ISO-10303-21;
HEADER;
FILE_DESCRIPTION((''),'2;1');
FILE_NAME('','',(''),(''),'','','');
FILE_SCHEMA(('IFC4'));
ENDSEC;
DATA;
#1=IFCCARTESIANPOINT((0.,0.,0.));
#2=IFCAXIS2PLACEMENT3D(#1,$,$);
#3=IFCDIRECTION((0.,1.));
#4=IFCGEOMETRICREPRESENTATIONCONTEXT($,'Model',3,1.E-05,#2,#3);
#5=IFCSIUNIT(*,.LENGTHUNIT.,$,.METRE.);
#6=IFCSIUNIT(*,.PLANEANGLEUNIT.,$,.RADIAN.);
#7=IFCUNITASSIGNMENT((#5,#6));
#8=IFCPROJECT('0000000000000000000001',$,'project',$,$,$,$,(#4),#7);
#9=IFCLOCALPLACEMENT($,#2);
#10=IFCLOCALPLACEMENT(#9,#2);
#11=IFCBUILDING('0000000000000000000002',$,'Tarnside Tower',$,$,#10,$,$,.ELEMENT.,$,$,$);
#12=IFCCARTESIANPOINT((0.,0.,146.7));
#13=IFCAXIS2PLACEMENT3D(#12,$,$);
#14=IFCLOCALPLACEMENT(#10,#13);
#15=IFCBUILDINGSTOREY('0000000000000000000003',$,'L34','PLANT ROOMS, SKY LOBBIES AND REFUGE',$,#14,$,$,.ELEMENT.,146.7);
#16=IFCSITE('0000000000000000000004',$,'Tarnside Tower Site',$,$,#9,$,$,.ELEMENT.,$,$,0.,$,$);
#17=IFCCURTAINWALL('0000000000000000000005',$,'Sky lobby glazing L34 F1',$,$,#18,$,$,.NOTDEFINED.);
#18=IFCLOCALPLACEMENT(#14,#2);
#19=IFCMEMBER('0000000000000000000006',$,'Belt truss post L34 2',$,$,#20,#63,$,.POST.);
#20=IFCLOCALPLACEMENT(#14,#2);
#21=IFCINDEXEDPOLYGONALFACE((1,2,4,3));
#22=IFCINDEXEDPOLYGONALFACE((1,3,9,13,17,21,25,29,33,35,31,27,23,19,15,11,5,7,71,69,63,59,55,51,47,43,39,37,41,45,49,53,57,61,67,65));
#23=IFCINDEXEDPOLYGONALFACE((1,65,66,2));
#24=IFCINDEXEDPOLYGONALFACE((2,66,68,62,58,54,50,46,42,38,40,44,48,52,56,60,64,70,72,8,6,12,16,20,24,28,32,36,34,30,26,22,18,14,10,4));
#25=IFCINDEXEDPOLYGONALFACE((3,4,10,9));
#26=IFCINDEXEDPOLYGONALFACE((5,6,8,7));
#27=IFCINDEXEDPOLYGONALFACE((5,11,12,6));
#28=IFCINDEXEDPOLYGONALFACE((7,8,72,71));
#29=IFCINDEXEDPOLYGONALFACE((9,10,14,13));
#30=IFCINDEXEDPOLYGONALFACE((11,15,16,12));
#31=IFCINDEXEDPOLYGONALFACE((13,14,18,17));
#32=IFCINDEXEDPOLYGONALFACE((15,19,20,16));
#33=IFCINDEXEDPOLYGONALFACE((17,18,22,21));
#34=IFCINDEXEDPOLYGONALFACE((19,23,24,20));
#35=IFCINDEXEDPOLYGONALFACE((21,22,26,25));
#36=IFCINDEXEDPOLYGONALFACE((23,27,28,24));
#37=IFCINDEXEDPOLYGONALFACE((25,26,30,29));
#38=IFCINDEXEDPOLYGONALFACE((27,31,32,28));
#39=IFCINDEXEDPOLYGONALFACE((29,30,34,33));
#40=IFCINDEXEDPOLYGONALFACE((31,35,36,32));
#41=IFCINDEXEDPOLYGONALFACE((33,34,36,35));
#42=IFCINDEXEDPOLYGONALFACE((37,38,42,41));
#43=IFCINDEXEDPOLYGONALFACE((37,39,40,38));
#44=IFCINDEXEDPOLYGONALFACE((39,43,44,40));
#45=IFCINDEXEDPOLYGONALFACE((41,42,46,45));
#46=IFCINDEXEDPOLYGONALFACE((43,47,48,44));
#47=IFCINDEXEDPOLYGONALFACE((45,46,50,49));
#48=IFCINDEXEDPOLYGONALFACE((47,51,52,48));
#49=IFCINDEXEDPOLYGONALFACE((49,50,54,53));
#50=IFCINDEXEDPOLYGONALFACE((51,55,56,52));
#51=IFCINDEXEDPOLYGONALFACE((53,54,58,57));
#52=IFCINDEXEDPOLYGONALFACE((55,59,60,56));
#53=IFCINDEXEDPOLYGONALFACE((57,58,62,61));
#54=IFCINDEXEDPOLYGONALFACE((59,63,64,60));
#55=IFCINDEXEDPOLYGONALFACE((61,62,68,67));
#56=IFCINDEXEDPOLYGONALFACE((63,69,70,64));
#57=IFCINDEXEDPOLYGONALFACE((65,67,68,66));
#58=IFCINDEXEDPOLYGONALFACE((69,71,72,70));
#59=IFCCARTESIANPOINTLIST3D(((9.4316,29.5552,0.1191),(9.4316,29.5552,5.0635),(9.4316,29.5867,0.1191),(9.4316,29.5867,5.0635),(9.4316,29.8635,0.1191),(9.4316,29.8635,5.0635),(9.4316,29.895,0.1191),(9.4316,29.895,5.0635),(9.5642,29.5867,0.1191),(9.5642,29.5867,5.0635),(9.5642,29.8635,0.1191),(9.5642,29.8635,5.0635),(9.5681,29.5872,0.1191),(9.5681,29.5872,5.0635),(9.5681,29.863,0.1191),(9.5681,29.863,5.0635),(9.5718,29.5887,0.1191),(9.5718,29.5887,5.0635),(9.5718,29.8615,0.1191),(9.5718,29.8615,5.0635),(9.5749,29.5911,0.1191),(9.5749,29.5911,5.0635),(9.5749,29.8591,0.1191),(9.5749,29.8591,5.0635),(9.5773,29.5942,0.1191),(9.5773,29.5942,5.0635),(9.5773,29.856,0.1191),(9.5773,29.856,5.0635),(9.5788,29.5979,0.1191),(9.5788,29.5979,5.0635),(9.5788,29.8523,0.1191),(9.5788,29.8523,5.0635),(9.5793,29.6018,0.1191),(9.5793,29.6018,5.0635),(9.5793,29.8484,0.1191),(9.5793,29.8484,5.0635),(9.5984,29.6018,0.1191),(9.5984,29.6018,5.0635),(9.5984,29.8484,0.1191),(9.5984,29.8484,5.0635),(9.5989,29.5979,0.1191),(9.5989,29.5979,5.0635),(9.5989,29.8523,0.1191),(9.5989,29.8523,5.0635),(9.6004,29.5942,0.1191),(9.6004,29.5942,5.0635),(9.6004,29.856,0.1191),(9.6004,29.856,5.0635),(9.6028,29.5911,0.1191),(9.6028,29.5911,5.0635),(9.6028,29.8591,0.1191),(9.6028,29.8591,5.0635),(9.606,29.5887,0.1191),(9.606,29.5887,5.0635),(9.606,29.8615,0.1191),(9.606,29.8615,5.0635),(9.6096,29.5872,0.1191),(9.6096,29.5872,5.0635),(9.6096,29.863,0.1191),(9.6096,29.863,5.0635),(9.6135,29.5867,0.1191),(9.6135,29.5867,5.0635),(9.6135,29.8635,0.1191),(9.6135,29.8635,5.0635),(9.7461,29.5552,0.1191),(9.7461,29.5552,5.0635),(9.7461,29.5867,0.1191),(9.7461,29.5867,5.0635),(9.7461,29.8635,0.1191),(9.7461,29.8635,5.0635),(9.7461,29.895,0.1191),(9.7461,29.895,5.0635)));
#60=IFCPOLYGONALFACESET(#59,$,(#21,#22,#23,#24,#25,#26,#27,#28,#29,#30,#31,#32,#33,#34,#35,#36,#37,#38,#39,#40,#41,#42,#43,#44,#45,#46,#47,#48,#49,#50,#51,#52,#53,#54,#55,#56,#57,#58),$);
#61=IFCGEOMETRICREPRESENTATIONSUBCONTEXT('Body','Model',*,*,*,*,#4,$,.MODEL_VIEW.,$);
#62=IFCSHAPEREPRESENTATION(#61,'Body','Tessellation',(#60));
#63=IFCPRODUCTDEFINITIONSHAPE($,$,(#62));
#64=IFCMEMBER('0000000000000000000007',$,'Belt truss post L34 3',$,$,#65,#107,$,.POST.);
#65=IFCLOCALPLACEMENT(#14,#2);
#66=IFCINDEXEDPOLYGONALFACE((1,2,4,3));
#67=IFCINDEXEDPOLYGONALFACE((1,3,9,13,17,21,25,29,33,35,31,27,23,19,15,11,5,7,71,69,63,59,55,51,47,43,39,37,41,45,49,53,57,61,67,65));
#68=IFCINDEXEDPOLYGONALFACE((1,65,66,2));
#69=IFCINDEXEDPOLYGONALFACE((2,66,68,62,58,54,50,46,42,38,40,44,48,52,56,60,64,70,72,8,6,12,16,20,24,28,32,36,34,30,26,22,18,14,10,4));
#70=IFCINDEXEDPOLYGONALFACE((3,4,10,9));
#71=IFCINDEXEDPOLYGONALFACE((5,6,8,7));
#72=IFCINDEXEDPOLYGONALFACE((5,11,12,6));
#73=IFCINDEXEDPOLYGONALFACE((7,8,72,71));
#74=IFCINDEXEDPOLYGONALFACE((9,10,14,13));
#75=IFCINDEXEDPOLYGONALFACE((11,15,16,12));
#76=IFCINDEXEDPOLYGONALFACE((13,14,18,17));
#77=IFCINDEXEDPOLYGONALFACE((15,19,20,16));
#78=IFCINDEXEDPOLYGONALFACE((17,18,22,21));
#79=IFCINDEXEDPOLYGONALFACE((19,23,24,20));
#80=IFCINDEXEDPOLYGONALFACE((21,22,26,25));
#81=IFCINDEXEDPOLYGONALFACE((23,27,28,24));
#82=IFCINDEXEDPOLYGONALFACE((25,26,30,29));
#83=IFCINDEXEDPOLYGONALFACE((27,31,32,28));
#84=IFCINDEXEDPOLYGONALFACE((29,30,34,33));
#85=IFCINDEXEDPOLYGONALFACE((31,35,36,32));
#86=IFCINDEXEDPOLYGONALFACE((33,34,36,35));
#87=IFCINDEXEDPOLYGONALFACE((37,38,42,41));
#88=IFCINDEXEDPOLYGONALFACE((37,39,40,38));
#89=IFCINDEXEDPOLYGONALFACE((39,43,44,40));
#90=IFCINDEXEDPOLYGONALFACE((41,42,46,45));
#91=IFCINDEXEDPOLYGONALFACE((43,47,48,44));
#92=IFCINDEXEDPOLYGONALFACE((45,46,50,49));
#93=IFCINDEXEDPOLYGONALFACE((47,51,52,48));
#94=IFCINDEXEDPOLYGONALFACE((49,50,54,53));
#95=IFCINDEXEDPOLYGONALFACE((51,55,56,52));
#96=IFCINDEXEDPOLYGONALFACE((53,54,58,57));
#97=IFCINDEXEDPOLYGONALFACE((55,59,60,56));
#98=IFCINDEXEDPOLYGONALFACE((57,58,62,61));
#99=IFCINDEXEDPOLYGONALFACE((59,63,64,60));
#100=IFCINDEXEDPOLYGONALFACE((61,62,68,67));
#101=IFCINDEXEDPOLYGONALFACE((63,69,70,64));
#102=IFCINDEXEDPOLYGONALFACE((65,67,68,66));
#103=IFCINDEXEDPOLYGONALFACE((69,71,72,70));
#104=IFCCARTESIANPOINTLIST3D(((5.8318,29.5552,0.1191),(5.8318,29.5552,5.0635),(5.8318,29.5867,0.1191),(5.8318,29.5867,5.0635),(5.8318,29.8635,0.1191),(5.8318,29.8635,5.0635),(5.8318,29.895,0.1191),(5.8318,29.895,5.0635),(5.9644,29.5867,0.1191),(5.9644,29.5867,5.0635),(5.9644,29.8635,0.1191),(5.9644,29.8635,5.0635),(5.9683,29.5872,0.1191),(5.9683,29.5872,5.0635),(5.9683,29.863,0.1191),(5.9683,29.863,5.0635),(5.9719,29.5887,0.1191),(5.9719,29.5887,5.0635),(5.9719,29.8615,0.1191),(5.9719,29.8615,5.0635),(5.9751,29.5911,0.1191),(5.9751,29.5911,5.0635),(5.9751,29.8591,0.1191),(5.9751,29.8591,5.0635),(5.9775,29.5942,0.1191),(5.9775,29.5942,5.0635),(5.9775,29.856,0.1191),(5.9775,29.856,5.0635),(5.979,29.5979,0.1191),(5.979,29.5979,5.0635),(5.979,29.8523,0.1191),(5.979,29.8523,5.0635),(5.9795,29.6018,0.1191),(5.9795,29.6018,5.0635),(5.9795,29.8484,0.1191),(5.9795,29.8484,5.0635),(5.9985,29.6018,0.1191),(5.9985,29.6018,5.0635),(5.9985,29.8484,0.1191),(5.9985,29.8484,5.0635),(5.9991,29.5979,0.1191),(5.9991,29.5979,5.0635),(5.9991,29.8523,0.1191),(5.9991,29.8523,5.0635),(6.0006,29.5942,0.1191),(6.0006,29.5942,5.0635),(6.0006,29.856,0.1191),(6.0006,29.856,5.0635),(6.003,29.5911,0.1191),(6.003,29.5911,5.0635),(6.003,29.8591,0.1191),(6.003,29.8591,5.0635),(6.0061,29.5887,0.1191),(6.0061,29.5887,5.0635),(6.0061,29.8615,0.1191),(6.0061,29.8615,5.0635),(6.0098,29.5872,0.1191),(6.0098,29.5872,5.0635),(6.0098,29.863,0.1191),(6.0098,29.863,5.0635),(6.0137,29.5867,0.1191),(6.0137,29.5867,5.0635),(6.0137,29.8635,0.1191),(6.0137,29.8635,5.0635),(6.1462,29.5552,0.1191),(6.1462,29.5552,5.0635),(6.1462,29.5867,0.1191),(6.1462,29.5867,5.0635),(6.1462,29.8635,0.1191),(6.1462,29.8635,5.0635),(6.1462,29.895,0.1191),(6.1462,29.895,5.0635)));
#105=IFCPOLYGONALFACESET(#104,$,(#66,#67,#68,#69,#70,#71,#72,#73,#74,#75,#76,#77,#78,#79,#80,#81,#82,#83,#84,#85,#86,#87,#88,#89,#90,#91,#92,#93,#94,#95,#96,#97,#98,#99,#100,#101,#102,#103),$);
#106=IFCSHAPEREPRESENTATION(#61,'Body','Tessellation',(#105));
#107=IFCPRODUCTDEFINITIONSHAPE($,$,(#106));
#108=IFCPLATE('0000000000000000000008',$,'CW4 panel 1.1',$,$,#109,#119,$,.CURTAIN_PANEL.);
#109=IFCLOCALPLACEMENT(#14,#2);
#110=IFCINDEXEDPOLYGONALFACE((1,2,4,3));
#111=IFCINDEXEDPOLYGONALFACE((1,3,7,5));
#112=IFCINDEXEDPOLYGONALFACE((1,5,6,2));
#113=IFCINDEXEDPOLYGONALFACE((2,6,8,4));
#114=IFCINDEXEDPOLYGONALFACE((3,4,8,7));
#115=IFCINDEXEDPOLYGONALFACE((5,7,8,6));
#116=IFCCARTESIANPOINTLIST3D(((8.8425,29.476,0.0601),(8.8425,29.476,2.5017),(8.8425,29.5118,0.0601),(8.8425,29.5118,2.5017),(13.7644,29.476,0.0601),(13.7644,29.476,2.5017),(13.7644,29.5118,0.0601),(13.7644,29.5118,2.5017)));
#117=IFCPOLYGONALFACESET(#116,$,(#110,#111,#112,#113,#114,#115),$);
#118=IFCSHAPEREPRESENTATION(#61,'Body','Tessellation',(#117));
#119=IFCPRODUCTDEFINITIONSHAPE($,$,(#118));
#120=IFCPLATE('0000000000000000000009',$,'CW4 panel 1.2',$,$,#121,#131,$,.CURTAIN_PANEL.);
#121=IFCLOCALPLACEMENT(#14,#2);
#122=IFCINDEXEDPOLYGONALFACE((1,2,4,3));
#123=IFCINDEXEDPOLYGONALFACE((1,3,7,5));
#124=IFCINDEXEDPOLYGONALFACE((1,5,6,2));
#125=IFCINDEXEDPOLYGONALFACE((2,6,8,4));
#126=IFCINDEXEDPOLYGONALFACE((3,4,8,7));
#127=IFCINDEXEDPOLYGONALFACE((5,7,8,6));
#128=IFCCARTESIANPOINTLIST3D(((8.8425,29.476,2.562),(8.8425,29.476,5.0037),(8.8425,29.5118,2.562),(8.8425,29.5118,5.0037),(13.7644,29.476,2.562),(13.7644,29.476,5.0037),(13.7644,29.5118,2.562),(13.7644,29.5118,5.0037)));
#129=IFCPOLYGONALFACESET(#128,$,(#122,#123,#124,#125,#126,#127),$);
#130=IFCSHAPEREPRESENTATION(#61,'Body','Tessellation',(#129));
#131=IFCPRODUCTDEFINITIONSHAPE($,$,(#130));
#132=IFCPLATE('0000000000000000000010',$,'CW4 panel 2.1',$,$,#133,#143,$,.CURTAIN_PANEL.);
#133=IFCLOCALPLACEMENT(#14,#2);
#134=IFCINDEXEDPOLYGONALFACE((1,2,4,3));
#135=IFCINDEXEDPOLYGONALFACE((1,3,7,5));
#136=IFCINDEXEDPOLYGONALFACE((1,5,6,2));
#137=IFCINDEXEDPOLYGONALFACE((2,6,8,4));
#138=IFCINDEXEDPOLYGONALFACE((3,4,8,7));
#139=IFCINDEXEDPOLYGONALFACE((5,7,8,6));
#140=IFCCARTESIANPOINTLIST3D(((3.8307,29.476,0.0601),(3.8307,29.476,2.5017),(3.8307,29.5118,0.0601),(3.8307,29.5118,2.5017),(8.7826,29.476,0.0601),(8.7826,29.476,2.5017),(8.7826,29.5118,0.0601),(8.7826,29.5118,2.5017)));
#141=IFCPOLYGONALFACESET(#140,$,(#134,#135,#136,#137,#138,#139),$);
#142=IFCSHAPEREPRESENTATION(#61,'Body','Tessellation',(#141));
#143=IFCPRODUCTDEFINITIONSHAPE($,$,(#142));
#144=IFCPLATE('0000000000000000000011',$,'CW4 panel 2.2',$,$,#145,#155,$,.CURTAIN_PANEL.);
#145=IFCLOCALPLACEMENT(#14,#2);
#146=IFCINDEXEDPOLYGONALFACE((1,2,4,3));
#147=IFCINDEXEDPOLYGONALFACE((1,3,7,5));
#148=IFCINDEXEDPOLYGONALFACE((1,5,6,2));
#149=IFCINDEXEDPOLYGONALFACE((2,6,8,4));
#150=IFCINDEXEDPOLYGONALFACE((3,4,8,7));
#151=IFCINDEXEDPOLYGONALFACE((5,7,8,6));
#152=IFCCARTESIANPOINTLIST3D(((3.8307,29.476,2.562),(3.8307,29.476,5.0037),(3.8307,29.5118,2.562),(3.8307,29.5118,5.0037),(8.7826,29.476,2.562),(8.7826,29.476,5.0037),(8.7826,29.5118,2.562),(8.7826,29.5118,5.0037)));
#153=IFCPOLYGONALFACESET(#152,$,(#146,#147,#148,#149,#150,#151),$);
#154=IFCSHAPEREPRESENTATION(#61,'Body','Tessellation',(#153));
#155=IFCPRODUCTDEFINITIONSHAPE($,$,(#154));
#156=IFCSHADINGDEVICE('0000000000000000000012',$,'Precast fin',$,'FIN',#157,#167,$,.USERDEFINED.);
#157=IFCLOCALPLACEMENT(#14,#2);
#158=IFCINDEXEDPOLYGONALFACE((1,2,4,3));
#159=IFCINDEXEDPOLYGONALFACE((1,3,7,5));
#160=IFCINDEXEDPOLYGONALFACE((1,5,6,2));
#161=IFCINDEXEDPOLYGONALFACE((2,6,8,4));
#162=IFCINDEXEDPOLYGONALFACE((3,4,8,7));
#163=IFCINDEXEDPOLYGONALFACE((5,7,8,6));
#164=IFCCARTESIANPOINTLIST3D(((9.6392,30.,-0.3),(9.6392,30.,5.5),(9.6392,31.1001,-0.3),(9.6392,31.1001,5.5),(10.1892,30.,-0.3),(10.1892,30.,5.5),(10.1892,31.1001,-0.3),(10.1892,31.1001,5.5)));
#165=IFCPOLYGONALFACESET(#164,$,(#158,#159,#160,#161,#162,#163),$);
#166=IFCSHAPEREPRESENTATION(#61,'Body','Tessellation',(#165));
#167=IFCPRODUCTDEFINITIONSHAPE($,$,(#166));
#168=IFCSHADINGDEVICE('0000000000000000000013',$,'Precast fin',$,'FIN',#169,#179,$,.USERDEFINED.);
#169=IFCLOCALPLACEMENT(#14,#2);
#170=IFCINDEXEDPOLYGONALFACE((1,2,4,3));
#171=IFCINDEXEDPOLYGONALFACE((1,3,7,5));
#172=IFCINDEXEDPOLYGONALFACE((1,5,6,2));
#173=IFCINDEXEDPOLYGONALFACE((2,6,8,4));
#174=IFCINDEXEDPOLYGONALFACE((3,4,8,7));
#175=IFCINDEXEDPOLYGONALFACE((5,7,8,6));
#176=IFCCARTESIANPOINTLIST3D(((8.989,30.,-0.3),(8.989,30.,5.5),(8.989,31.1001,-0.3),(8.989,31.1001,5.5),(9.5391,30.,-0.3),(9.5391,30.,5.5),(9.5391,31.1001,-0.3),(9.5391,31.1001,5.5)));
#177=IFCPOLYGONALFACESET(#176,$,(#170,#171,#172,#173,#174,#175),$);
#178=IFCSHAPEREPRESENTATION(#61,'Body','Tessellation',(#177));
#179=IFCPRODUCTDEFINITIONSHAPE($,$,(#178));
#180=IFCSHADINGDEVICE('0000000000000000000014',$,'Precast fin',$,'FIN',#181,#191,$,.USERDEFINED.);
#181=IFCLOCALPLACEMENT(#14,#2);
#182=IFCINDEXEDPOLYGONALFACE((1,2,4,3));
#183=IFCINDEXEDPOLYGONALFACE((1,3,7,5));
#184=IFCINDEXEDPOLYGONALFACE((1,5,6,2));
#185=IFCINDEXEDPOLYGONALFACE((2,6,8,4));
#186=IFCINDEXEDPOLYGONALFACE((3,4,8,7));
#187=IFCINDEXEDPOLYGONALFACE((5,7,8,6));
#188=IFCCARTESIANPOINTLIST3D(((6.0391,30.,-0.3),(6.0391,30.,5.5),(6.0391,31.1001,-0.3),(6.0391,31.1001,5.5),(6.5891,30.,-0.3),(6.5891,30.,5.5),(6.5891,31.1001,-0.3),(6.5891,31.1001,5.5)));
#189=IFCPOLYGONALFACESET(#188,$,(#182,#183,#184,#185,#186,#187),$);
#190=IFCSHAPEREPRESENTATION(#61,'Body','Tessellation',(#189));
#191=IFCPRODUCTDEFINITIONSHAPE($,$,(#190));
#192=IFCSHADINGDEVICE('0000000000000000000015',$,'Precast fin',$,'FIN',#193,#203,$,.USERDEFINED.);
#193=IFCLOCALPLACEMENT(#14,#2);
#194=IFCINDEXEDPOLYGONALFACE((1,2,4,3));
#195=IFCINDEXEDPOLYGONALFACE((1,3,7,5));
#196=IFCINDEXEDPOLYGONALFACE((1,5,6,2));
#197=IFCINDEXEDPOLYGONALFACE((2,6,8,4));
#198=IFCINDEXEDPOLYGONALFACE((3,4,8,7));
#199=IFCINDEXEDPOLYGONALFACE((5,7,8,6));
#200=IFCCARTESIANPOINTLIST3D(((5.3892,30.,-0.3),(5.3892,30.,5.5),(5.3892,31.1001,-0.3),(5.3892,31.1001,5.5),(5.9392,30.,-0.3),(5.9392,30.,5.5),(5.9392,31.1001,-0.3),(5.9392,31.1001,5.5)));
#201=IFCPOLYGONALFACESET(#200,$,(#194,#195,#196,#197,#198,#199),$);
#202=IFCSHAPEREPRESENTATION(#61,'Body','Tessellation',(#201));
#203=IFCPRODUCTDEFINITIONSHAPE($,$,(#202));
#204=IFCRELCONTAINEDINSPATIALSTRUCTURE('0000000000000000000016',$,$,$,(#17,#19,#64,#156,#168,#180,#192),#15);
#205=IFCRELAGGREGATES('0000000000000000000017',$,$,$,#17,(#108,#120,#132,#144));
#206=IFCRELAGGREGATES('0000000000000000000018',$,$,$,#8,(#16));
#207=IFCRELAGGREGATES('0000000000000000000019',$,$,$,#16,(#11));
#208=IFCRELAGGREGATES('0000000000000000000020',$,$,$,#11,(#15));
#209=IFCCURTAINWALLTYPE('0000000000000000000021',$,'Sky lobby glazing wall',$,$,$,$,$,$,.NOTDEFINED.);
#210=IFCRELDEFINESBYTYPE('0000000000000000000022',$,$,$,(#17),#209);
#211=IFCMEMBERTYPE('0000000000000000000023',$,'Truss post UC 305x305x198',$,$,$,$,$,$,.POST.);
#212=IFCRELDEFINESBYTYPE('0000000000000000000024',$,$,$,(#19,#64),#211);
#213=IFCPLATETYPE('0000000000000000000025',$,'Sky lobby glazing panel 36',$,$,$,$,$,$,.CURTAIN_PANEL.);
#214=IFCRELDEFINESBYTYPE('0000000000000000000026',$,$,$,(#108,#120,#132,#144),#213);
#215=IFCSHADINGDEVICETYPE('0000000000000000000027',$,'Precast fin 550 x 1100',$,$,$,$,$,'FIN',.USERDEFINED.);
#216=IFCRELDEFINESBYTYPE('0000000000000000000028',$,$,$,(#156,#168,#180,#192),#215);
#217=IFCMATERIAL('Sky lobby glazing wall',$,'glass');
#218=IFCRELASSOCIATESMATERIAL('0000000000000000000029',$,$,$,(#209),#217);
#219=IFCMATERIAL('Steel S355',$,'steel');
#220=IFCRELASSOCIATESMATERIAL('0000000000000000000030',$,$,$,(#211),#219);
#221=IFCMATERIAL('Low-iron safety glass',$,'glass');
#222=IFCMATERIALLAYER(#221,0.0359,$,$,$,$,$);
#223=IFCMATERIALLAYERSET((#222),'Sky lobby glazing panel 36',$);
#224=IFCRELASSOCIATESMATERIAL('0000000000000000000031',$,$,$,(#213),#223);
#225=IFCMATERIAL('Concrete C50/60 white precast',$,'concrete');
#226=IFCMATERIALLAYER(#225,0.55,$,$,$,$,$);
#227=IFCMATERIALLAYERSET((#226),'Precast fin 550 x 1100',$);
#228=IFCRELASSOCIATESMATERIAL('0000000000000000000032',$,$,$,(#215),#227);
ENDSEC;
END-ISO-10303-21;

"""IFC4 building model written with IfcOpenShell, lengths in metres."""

from ifc_helpers import new_model, si_unit, direction, frame, origin, origin_2d, place, context, subcontext, project, spatial, polyline, rectangle, i_section, outline, extrude, material, layer, layer_set, material_profile, profile_set, type_object, element, aggregate, save


model = new_model("IFC4")

# Units and contexts
model_context = context("Model", 3, precision=1e-05, world=origin(), true_north=direction((0.0, 1.0)))
body_context = subcontext(model_context, "Body", "Model", "MODEL_VIEW")
ifc_project = project(units=[si_unit("LENGTHUNIT", "METRE"), si_unit("PLANEANGLEUNIT", "RADIAN")], contexts=[model_context])

# Site, building, storey
site_placement = place(None, origin())
site = spatial("IfcSite", under=ifc_project, at=site_placement, Name="Tarnside Tower Site", CompositionType="ELEMENT", RefElevation=0.0)
building_placement = place(site_placement, origin())
building = spatial("IfcBuilding", under=site, at=building_placement, Name="Tarnside Tower", CompositionType="ELEMENT")
storey_placement = place(building_placement, frame((0.0, 0.0, 146.7)))
storey = spatial("IfcBuildingStorey", under=building, at=storey_placement, Name="L34", Description="PLANT ROOMS, SKY LOBBIES AND REFUGE", CompositionType="ELEMENT", Elevation=146.7)

# Shared definitions
ifc_material_1 = material(Name="Steel S355", Category="steel")

# Curtain wall
ifc_material_2 = material(Name="Sky lobby glazing wall", Category="glass")
curtain_wall_type = type_object("IfcCurtainWallType", Name="Sky lobby glazing wall", PredefinedType="NOTDEFINED", material=ifc_material_2)
curtain_wall_placement = place(storey_placement, origin())
curtain_wall = element("IfcCurtainWall", 1, at=curtain_wall_placement, inside=storey, type_object=curtain_wall_type, Name="Sky lobby glazing L34 F1", PredefinedType="NOTDEFINED")

# Members
ifc_material_profile_1 = material_profile(ifc_material_1, i_section(OverallWidth=0.3145, OverallDepth=0.3398, WebThickness=0.019, FlangeThickness=0.0315, FilletRadius=0.0151, at=origin_2d()), Name="UC 305x305x198")
ifc_profile_set_1 = profile_set([ifc_material_profile_1], Name="Steel S355")
member_type_1 = type_object("IfcMemberType", Name="Truss post UC 305x305x198", PredefinedType="POST", material=ifc_profile_set_1)
for number, where, z_axis, x_axis, name in (
    (2, (9.5889, 29.7251, 0.1191), (0.0, 0.0, 1.0), (-1.0, 0.0, 0.0), "Belt truss post L34 2"),
    (3, (5.989, 29.7251, 0.1191), (0.0, 0.0, 1.0), (-1.0, 0.0, 0.0), "Belt truss post L34 3"),
):
    element("IfcMember", number, at=place(storey_placement, frame(where, z_axis=z_axis, x_axis=x_axis)), inside=storey, type_object=member_type_1, Name=name, PredefinedType="POST", context=body_context, shape_type="SweptSolid", body=[
        extrude(i_section(OverallWidth=0.3145, OverallDepth=0.3398, WebThickness=0.019, FlangeThickness=0.0315, FilletRadius=0.0151, at=origin_2d()), origin(), (0.0, 0.0, 1.0), 4.9443),
    ])

# Plates
ifc_material_3 = material(Name="Low-iron safety glass", Category="glass")
ifc_layer_1 = layer(ifc_material_3, 0.0359)
ifc_layer_set_1 = layer_set([ifc_layer_1], Name="Sky lobby glazing panel 36")
plate_type = type_object("IfcPlateType", Name="Sky lobby glazing panel 36", PredefinedType="CURTAIN_PANEL", material=ifc_layer_set_1)
plate_1_placement = place(storey_placement, frame((11.3035, 29.4939, 0.0601), z_axis=(0.0, 0.0, 1.0), x_axis=(-1.0, 0.0, 0.0)))
plate_1 = element("IfcPlate", 4, at=plate_1_placement, type_object=plate_type, Name="CW4 panel 1.1", PredefinedType="CURTAIN_PANEL", context=body_context, shape_type="SweptSolid", body=[
    extrude(rectangle(XDim=4.9219, YDim=0.0359, at=origin_2d()), origin(), (0.0, 0.0, 1.0), 2.4417),
])
plate_2_placement = place(storey_placement, frame((11.3035, 29.4939, 2.562), z_axis=(0.0, 0.0, 1.0), x_axis=(-1.0, 0.0, 0.0)))
plate_2 = element("IfcPlate", 5, at=plate_2_placement, type_object=plate_type, Name="CW4 panel 1.2", PredefinedType="CURTAIN_PANEL", context=body_context, shape_type="SweptSolid", body=[
    extrude(rectangle(XDim=4.9219, YDim=0.0359, at=origin_2d()), origin(), (0.0, 0.0, 1.0), 2.4417),
])
plate_3_placement = place(storey_placement, frame((6.3066, 29.4939, 0.0601), z_axis=(0.0, 0.0, 1.0), x_axis=(-1.0, 0.0, 0.0)))
plate_3 = element("IfcPlate", 6, at=plate_3_placement, type_object=plate_type, Name="CW4 panel 2.1", PredefinedType="CURTAIN_PANEL", context=body_context, shape_type="SweptSolid", body=[
    extrude(rectangle(XDim=4.9519, YDim=0.0359, at=origin_2d()), origin(), (0.0, 0.0, 1.0), 2.4417),
])
plate_4_placement = place(storey_placement, frame((6.3066, 29.4939, 2.562), z_axis=(0.0, 0.0, 1.0), x_axis=(-1.0, 0.0, 0.0)))
plate_4 = element("IfcPlate", 7, at=plate_4_placement, type_object=plate_type, Name="CW4 panel 2.2", PredefinedType="CURTAIN_PANEL", context=body_context, shape_type="SweptSolid", body=[
    extrude(rectangle(XDim=4.9519, YDim=0.0359, at=origin_2d()), origin(), (0.0, 0.0, 1.0), 2.4417),
])
aggregate(curtain_wall, [plate_1, plate_2, plate_3, plate_4])

# Shading devices
ifc_material_4 = material(Name="Concrete C50/60 white precast", Category="concrete")
ifc_layer_2 = layer(ifc_material_4, 0.55)
ifc_layer_set_2 = layer_set([ifc_layer_2], Name="Precast fin 550 x 1100")
shading_device_type = type_object("IfcShadingDeviceType", Name="Precast fin 550 x 1100", ElementType="FIN", PredefinedType="USERDEFINED", material=ifc_layer_set_2)
for number, where, z_axis, x_axis, name in (
    (8, (9.9141, 30.0, -0.3), (1.0, 0.0, 0.0), (0.0, 1.0, 0.0), "Precast fin"),
    (9, (9.2639, 30.0, -0.3), (1.0, 0.0, 0.0), (0.0, 1.0, 0.0), "Precast fin"),
    (10, (6.314, 30.0, -0.3), (1.0, 0.0, 0.0), (0.0, 1.0, 0.0), "Precast fin"),
    (11, (5.6641, 30.0, -0.3), (1.0, 0.0, 0.0), (0.0, 1.0, 0.0), "Precast fin"),
):
    element("IfcShadingDevice", number, at=place(storey_placement, frame(where, z_axis=z_axis, x_axis=x_axis)), inside=storey, type_object=shading_device_type, Name=name, ObjectType="FIN", PredefinedType="USERDEFINED", context=body_context, shape_type="SweptSolid", body=[
        extrude(outline(polyline([(0.0, 0.0), (1.1001, 0.0), (1.1001, 5.8), (0.0, 5.8), (0.0, 0.0)])), frame((0.0, 0.0, -0.2749)), (0.0, 0.0, 1.0), 0.55),
    ])

save(model, "model.ifc")
